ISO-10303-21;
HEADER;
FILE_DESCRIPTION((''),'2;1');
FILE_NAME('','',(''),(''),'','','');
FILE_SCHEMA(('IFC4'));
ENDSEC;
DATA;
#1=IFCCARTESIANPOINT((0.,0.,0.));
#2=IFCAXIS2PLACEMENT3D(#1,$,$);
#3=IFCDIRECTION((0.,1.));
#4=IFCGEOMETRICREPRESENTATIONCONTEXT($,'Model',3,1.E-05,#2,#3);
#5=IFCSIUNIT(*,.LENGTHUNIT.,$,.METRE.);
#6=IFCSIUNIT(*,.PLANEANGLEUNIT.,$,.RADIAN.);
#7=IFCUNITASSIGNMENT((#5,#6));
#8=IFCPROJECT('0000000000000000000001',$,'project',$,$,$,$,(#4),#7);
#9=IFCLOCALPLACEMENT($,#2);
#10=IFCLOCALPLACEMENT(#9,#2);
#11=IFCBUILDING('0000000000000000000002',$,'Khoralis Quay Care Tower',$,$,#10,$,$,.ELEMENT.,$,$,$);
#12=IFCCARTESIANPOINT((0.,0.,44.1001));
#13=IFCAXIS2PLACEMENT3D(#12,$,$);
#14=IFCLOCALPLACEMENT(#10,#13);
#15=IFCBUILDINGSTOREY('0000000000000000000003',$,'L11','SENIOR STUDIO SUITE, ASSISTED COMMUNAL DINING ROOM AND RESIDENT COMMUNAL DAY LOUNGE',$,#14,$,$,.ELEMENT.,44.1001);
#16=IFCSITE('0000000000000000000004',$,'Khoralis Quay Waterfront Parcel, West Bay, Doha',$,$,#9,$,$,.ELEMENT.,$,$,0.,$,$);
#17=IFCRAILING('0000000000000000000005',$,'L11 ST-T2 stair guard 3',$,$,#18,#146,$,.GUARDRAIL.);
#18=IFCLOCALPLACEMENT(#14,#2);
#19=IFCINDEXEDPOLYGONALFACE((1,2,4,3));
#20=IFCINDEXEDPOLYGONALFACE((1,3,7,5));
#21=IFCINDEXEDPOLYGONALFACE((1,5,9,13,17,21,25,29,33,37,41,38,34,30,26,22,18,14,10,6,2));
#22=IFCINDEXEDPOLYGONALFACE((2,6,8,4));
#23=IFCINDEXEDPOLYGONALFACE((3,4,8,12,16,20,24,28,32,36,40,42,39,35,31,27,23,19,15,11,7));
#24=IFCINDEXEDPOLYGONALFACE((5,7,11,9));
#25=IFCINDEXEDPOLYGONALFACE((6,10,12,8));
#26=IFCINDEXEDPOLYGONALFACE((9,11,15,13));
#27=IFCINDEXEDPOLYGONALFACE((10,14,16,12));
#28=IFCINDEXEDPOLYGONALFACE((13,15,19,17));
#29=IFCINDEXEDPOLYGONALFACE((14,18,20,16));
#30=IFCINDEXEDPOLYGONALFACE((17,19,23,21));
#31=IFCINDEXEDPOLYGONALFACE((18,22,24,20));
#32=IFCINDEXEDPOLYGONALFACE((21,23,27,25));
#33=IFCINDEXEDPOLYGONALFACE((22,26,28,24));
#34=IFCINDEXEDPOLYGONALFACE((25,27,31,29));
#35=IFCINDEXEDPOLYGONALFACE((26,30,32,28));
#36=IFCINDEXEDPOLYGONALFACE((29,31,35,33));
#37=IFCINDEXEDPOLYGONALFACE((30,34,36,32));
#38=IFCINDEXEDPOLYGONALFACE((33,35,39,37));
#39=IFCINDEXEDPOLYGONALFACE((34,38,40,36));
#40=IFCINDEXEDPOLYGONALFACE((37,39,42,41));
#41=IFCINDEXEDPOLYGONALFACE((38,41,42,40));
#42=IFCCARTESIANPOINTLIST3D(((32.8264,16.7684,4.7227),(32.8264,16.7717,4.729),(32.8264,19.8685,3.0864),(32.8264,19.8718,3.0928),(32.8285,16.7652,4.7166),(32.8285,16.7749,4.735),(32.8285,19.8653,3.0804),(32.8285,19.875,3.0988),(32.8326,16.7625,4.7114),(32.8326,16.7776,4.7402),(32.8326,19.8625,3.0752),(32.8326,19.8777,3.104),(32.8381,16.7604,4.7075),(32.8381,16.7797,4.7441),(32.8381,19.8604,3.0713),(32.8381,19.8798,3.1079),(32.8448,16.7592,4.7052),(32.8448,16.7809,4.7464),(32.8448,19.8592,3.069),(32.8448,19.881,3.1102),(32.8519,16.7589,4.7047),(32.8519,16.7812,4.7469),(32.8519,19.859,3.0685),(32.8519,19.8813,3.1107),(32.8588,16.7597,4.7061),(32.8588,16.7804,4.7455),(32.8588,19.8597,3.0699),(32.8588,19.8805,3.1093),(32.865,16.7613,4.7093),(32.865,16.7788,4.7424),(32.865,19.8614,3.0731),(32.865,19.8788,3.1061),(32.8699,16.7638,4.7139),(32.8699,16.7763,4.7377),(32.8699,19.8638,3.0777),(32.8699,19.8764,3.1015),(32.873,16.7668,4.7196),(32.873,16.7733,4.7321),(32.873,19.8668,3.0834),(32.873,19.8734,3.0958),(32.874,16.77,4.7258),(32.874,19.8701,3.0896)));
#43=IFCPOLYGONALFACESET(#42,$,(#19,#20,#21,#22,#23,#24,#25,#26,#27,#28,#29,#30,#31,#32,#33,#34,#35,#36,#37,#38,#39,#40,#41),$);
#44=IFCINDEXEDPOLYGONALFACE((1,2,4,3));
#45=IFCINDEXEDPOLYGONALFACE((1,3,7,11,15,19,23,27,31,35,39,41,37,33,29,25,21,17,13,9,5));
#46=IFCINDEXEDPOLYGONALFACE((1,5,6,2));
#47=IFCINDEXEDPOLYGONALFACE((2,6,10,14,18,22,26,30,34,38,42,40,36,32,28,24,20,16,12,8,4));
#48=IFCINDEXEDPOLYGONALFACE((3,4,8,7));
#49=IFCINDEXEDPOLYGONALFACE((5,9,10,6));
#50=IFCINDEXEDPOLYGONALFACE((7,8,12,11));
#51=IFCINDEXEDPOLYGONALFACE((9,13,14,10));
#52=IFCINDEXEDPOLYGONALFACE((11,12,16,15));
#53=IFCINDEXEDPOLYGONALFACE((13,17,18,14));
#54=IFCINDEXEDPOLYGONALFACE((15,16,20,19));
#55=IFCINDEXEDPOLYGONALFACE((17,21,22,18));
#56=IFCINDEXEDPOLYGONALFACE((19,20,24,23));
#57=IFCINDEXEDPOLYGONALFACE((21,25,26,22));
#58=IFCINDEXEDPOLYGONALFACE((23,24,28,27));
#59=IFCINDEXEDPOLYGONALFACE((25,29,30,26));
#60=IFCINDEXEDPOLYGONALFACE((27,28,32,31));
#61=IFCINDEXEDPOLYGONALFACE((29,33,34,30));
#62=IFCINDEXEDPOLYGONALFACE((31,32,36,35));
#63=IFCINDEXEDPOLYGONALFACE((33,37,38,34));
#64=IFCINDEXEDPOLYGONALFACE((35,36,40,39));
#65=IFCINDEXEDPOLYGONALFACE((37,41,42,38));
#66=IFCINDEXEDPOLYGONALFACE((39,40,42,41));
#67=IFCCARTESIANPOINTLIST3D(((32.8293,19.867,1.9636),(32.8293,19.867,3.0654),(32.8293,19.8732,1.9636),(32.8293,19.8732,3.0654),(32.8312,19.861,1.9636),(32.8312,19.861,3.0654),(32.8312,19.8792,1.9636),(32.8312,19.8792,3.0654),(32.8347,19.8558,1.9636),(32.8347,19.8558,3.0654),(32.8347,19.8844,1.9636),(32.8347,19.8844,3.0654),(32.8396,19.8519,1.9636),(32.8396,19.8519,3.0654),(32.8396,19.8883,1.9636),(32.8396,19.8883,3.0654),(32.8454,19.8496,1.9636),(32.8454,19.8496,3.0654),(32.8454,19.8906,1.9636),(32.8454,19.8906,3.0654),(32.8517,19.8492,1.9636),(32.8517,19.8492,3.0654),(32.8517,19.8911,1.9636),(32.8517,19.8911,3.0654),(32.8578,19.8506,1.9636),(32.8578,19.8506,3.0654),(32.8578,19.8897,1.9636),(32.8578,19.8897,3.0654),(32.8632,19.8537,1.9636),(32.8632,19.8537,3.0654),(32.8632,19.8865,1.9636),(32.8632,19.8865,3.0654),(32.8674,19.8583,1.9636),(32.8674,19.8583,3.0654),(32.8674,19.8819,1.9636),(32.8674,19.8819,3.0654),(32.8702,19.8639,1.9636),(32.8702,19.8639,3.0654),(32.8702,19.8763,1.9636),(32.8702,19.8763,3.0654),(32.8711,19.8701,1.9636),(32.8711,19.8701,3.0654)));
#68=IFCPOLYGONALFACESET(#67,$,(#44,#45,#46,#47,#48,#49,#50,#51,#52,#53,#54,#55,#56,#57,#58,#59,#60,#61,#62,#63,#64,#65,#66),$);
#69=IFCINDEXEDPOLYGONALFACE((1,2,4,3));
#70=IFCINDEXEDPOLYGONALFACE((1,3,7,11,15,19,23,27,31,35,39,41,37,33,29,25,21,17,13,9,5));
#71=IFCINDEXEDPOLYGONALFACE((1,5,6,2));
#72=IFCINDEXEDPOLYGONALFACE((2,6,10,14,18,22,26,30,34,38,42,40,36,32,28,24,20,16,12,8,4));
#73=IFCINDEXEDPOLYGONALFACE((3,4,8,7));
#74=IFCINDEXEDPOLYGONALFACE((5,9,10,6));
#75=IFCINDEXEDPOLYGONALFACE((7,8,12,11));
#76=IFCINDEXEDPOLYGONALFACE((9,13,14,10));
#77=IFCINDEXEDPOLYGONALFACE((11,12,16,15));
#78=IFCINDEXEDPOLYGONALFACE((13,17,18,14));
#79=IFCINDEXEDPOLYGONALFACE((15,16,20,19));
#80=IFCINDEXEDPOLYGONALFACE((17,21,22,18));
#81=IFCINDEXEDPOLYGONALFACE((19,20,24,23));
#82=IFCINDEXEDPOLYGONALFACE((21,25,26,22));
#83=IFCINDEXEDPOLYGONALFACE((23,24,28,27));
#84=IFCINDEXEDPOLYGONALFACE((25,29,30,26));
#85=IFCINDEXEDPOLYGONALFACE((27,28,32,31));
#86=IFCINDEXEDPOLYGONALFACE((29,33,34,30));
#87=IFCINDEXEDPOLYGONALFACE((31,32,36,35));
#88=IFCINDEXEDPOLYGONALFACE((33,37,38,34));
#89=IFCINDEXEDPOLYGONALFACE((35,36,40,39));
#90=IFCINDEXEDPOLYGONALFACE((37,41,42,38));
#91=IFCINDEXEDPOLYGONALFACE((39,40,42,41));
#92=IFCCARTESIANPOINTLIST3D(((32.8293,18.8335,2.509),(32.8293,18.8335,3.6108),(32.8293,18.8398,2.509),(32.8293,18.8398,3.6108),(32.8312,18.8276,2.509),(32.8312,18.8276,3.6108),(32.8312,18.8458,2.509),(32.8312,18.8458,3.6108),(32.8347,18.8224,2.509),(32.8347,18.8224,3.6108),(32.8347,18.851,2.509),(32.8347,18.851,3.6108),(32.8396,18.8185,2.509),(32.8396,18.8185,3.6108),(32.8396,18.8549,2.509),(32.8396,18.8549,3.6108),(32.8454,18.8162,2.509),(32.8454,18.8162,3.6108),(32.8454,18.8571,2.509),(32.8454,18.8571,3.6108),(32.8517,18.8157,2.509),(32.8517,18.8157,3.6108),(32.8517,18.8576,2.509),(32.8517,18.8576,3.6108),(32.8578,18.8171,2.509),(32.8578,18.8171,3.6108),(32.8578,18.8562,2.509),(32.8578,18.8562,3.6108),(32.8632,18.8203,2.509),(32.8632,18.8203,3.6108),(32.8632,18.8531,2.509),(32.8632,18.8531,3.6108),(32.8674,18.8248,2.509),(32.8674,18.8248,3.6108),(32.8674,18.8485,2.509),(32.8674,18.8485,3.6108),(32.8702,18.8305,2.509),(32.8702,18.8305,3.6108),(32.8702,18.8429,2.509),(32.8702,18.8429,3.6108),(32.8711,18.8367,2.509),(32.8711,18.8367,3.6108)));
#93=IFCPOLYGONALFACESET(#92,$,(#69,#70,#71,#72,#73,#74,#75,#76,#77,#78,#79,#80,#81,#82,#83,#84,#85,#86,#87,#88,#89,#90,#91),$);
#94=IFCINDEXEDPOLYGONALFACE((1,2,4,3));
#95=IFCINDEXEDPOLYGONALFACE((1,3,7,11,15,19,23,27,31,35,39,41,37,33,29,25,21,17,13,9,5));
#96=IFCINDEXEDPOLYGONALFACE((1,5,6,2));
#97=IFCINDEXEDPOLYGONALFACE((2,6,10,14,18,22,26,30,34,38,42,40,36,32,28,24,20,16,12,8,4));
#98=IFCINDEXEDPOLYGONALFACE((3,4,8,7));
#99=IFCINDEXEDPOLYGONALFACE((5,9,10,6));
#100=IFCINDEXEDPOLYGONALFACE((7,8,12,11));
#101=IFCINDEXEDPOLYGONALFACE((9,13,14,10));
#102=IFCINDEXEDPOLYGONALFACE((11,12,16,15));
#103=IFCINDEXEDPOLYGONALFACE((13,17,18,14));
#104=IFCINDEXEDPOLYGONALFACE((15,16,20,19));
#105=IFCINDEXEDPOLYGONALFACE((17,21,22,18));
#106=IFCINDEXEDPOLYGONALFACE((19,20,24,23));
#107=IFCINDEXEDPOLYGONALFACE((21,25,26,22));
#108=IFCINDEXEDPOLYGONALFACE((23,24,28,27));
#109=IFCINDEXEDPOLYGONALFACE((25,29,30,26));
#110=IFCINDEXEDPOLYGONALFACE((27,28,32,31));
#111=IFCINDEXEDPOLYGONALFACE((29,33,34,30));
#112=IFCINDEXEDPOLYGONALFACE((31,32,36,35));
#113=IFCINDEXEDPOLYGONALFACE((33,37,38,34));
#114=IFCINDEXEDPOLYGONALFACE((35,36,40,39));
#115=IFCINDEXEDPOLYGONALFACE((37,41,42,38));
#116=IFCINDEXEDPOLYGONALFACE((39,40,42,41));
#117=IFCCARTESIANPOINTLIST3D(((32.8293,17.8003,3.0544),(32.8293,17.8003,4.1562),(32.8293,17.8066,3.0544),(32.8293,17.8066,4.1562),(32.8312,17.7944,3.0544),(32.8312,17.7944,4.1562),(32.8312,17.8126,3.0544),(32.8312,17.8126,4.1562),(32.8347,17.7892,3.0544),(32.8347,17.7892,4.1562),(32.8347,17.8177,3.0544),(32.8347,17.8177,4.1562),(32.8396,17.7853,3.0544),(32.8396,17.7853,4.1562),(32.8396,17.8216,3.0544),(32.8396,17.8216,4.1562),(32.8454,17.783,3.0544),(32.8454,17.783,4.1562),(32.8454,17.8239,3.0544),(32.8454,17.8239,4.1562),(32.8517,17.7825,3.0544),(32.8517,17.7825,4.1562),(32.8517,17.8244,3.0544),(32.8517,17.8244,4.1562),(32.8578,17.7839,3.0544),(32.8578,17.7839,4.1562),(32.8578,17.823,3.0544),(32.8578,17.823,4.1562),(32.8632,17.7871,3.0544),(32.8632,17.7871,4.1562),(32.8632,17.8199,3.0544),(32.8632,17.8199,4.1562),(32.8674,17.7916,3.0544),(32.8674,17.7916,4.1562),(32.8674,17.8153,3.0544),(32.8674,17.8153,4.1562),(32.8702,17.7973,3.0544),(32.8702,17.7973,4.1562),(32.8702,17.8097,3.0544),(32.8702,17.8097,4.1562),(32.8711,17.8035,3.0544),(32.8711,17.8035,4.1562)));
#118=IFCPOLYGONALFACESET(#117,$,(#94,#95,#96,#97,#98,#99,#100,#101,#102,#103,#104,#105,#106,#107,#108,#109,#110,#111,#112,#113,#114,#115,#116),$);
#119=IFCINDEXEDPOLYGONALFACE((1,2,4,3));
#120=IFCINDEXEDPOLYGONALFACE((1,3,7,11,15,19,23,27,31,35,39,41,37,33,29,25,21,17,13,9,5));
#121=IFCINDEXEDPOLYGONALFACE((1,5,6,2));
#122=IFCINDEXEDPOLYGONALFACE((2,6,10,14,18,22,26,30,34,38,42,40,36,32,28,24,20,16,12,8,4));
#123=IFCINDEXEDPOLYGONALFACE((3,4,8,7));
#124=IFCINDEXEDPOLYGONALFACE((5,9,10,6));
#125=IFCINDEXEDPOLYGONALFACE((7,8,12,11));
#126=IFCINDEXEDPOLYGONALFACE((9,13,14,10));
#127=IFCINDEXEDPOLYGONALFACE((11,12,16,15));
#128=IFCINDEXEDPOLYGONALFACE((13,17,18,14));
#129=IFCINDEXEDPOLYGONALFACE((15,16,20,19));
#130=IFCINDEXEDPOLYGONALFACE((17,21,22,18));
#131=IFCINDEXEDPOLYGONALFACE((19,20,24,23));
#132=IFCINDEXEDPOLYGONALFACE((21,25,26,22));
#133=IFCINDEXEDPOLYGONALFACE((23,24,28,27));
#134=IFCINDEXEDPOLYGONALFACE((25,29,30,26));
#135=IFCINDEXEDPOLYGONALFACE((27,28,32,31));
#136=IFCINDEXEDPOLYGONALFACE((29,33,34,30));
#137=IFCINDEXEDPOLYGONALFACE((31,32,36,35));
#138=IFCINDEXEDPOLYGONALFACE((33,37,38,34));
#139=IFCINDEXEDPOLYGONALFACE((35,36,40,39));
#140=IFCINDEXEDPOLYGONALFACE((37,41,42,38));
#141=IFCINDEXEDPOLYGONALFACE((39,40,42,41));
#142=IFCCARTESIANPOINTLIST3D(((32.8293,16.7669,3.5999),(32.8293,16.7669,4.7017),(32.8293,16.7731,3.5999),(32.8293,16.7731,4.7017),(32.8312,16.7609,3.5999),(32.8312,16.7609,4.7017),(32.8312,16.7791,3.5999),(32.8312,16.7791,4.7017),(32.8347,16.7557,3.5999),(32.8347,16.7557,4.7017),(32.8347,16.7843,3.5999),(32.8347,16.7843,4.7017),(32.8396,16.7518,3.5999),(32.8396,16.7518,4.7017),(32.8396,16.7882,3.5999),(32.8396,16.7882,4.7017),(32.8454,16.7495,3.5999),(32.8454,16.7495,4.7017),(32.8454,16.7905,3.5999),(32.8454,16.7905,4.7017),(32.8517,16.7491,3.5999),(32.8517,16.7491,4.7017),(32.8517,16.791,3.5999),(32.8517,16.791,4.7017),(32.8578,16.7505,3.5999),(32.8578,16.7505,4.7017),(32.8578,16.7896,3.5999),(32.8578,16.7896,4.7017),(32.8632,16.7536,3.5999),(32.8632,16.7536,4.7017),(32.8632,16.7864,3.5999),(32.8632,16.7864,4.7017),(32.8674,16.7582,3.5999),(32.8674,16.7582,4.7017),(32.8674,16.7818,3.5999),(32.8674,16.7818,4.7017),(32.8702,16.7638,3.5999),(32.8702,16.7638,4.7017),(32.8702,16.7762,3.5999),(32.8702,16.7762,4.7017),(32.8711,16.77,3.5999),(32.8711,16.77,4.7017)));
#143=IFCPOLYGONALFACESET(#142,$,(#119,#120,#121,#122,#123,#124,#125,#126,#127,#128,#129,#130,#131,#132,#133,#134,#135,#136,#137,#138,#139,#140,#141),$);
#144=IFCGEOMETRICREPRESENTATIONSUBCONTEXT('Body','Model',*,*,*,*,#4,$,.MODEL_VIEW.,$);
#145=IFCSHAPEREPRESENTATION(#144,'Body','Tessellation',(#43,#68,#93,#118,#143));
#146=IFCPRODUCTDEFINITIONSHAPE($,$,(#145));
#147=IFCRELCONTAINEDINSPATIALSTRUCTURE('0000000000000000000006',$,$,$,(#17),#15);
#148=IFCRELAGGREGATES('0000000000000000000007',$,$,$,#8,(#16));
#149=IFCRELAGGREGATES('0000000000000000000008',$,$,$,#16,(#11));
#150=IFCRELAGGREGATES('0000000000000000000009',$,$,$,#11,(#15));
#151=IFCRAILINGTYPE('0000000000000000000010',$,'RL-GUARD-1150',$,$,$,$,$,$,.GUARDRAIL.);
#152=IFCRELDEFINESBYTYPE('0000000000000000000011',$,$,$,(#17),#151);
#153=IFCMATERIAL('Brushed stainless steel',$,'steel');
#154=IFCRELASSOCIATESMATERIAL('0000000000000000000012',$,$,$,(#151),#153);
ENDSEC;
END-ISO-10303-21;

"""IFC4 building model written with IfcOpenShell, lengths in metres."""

from ifc_helpers import new_model, si_unit, direction, frame, origin, origin_2d, place, context, subcontext, project, spatial, circle, extrude, material, type_object, element, save


model = new_model("IFC4")

# Units and contexts
model_context = context("Model", 3, precision=1e-05, world=origin(), true_north=direction((0.0, 1.0)))
body_context = subcontext(model_context, "Body", "Model", "MODEL_VIEW")
ifc_project = project(units=[si_unit("LENGTHUNIT", "METRE"), si_unit("PLANEANGLEUNIT", "RADIAN")], contexts=[model_context])

# Site, building, storey
site_placement = place(None, origin())
site = spatial("IfcSite", under=ifc_project, at=site_placement, Name="Khoralis Quay Waterfront Parcel, West Bay, Doha", CompositionType="ELEMENT", RefElevation=0.0)
building_placement = place(site_placement, origin())
building = spatial("IfcBuilding", under=site, at=building_placement, Name="Khoralis Quay Care Tower", CompositionType="ELEMENT")
storey_placement = place(building_placement, frame((0.0, 0.0, 44.1001)))
storey = spatial("IfcBuildingStorey", under=building, at=storey_placement, Name="L11", Description="SENIOR STUDIO SUITE, ASSISTED COMMUNAL DINING ROOM AND RESIDENT COMMUNAL DAY LOUNGE", CompositionType="ELEMENT", Elevation=44.1001)

# Shared definitions
ifc_material_1 = material(Name="Brushed stainless steel", Category="steel")

# Railing
railing_type_1 = type_object("IfcRailingType", Name="RL-GUARD-1150", PredefinedType="GUARDRAIL", material=ifc_material_1)
railing_1_placement = place(storey_placement, frame((32.8501, 19.8701, 1.9636)))
element("IfcRailing", 1, at=railing_1_placement, inside=storey, type_object=railing_type_1, Name="L11 ST-T2 stair guard 3", PredefinedType="GUARDRAIL", context=body_context, shape_type="SweptSolid", body=[
    extrude(circle(Radius=0.0239, at=origin_2d()), frame((0.0, 0.0, 1.126), z_axis=(0.0, -0.884377, 0.466774), x_axis=(1.0, 0.0, 0.0)), (0.0, 0.0, 1.0), 3.5054),
    extrude(circle(Radius=0.021, at=origin_2d()), origin(), (0.0, 0.0, 1.0), 1.1018),
    extrude(circle(Radius=0.021, at=origin_2d()), frame((0.0, -1.0334, 0.5454)), (0.0, 0.0, 1.0), 1.1018),
    extrude(circle(Radius=0.021, at=origin_2d()), frame((0.0, -2.0667, 1.0908)), (0.0, 0.0, 1.0), 1.1018),
    extrude(circle(Radius=0.021, at=origin_2d()), frame((0.0, -3.1001, 1.6362)), (0.0, 0.0, 1.0), 1.1018),
])

save(model, "model.ifc")
